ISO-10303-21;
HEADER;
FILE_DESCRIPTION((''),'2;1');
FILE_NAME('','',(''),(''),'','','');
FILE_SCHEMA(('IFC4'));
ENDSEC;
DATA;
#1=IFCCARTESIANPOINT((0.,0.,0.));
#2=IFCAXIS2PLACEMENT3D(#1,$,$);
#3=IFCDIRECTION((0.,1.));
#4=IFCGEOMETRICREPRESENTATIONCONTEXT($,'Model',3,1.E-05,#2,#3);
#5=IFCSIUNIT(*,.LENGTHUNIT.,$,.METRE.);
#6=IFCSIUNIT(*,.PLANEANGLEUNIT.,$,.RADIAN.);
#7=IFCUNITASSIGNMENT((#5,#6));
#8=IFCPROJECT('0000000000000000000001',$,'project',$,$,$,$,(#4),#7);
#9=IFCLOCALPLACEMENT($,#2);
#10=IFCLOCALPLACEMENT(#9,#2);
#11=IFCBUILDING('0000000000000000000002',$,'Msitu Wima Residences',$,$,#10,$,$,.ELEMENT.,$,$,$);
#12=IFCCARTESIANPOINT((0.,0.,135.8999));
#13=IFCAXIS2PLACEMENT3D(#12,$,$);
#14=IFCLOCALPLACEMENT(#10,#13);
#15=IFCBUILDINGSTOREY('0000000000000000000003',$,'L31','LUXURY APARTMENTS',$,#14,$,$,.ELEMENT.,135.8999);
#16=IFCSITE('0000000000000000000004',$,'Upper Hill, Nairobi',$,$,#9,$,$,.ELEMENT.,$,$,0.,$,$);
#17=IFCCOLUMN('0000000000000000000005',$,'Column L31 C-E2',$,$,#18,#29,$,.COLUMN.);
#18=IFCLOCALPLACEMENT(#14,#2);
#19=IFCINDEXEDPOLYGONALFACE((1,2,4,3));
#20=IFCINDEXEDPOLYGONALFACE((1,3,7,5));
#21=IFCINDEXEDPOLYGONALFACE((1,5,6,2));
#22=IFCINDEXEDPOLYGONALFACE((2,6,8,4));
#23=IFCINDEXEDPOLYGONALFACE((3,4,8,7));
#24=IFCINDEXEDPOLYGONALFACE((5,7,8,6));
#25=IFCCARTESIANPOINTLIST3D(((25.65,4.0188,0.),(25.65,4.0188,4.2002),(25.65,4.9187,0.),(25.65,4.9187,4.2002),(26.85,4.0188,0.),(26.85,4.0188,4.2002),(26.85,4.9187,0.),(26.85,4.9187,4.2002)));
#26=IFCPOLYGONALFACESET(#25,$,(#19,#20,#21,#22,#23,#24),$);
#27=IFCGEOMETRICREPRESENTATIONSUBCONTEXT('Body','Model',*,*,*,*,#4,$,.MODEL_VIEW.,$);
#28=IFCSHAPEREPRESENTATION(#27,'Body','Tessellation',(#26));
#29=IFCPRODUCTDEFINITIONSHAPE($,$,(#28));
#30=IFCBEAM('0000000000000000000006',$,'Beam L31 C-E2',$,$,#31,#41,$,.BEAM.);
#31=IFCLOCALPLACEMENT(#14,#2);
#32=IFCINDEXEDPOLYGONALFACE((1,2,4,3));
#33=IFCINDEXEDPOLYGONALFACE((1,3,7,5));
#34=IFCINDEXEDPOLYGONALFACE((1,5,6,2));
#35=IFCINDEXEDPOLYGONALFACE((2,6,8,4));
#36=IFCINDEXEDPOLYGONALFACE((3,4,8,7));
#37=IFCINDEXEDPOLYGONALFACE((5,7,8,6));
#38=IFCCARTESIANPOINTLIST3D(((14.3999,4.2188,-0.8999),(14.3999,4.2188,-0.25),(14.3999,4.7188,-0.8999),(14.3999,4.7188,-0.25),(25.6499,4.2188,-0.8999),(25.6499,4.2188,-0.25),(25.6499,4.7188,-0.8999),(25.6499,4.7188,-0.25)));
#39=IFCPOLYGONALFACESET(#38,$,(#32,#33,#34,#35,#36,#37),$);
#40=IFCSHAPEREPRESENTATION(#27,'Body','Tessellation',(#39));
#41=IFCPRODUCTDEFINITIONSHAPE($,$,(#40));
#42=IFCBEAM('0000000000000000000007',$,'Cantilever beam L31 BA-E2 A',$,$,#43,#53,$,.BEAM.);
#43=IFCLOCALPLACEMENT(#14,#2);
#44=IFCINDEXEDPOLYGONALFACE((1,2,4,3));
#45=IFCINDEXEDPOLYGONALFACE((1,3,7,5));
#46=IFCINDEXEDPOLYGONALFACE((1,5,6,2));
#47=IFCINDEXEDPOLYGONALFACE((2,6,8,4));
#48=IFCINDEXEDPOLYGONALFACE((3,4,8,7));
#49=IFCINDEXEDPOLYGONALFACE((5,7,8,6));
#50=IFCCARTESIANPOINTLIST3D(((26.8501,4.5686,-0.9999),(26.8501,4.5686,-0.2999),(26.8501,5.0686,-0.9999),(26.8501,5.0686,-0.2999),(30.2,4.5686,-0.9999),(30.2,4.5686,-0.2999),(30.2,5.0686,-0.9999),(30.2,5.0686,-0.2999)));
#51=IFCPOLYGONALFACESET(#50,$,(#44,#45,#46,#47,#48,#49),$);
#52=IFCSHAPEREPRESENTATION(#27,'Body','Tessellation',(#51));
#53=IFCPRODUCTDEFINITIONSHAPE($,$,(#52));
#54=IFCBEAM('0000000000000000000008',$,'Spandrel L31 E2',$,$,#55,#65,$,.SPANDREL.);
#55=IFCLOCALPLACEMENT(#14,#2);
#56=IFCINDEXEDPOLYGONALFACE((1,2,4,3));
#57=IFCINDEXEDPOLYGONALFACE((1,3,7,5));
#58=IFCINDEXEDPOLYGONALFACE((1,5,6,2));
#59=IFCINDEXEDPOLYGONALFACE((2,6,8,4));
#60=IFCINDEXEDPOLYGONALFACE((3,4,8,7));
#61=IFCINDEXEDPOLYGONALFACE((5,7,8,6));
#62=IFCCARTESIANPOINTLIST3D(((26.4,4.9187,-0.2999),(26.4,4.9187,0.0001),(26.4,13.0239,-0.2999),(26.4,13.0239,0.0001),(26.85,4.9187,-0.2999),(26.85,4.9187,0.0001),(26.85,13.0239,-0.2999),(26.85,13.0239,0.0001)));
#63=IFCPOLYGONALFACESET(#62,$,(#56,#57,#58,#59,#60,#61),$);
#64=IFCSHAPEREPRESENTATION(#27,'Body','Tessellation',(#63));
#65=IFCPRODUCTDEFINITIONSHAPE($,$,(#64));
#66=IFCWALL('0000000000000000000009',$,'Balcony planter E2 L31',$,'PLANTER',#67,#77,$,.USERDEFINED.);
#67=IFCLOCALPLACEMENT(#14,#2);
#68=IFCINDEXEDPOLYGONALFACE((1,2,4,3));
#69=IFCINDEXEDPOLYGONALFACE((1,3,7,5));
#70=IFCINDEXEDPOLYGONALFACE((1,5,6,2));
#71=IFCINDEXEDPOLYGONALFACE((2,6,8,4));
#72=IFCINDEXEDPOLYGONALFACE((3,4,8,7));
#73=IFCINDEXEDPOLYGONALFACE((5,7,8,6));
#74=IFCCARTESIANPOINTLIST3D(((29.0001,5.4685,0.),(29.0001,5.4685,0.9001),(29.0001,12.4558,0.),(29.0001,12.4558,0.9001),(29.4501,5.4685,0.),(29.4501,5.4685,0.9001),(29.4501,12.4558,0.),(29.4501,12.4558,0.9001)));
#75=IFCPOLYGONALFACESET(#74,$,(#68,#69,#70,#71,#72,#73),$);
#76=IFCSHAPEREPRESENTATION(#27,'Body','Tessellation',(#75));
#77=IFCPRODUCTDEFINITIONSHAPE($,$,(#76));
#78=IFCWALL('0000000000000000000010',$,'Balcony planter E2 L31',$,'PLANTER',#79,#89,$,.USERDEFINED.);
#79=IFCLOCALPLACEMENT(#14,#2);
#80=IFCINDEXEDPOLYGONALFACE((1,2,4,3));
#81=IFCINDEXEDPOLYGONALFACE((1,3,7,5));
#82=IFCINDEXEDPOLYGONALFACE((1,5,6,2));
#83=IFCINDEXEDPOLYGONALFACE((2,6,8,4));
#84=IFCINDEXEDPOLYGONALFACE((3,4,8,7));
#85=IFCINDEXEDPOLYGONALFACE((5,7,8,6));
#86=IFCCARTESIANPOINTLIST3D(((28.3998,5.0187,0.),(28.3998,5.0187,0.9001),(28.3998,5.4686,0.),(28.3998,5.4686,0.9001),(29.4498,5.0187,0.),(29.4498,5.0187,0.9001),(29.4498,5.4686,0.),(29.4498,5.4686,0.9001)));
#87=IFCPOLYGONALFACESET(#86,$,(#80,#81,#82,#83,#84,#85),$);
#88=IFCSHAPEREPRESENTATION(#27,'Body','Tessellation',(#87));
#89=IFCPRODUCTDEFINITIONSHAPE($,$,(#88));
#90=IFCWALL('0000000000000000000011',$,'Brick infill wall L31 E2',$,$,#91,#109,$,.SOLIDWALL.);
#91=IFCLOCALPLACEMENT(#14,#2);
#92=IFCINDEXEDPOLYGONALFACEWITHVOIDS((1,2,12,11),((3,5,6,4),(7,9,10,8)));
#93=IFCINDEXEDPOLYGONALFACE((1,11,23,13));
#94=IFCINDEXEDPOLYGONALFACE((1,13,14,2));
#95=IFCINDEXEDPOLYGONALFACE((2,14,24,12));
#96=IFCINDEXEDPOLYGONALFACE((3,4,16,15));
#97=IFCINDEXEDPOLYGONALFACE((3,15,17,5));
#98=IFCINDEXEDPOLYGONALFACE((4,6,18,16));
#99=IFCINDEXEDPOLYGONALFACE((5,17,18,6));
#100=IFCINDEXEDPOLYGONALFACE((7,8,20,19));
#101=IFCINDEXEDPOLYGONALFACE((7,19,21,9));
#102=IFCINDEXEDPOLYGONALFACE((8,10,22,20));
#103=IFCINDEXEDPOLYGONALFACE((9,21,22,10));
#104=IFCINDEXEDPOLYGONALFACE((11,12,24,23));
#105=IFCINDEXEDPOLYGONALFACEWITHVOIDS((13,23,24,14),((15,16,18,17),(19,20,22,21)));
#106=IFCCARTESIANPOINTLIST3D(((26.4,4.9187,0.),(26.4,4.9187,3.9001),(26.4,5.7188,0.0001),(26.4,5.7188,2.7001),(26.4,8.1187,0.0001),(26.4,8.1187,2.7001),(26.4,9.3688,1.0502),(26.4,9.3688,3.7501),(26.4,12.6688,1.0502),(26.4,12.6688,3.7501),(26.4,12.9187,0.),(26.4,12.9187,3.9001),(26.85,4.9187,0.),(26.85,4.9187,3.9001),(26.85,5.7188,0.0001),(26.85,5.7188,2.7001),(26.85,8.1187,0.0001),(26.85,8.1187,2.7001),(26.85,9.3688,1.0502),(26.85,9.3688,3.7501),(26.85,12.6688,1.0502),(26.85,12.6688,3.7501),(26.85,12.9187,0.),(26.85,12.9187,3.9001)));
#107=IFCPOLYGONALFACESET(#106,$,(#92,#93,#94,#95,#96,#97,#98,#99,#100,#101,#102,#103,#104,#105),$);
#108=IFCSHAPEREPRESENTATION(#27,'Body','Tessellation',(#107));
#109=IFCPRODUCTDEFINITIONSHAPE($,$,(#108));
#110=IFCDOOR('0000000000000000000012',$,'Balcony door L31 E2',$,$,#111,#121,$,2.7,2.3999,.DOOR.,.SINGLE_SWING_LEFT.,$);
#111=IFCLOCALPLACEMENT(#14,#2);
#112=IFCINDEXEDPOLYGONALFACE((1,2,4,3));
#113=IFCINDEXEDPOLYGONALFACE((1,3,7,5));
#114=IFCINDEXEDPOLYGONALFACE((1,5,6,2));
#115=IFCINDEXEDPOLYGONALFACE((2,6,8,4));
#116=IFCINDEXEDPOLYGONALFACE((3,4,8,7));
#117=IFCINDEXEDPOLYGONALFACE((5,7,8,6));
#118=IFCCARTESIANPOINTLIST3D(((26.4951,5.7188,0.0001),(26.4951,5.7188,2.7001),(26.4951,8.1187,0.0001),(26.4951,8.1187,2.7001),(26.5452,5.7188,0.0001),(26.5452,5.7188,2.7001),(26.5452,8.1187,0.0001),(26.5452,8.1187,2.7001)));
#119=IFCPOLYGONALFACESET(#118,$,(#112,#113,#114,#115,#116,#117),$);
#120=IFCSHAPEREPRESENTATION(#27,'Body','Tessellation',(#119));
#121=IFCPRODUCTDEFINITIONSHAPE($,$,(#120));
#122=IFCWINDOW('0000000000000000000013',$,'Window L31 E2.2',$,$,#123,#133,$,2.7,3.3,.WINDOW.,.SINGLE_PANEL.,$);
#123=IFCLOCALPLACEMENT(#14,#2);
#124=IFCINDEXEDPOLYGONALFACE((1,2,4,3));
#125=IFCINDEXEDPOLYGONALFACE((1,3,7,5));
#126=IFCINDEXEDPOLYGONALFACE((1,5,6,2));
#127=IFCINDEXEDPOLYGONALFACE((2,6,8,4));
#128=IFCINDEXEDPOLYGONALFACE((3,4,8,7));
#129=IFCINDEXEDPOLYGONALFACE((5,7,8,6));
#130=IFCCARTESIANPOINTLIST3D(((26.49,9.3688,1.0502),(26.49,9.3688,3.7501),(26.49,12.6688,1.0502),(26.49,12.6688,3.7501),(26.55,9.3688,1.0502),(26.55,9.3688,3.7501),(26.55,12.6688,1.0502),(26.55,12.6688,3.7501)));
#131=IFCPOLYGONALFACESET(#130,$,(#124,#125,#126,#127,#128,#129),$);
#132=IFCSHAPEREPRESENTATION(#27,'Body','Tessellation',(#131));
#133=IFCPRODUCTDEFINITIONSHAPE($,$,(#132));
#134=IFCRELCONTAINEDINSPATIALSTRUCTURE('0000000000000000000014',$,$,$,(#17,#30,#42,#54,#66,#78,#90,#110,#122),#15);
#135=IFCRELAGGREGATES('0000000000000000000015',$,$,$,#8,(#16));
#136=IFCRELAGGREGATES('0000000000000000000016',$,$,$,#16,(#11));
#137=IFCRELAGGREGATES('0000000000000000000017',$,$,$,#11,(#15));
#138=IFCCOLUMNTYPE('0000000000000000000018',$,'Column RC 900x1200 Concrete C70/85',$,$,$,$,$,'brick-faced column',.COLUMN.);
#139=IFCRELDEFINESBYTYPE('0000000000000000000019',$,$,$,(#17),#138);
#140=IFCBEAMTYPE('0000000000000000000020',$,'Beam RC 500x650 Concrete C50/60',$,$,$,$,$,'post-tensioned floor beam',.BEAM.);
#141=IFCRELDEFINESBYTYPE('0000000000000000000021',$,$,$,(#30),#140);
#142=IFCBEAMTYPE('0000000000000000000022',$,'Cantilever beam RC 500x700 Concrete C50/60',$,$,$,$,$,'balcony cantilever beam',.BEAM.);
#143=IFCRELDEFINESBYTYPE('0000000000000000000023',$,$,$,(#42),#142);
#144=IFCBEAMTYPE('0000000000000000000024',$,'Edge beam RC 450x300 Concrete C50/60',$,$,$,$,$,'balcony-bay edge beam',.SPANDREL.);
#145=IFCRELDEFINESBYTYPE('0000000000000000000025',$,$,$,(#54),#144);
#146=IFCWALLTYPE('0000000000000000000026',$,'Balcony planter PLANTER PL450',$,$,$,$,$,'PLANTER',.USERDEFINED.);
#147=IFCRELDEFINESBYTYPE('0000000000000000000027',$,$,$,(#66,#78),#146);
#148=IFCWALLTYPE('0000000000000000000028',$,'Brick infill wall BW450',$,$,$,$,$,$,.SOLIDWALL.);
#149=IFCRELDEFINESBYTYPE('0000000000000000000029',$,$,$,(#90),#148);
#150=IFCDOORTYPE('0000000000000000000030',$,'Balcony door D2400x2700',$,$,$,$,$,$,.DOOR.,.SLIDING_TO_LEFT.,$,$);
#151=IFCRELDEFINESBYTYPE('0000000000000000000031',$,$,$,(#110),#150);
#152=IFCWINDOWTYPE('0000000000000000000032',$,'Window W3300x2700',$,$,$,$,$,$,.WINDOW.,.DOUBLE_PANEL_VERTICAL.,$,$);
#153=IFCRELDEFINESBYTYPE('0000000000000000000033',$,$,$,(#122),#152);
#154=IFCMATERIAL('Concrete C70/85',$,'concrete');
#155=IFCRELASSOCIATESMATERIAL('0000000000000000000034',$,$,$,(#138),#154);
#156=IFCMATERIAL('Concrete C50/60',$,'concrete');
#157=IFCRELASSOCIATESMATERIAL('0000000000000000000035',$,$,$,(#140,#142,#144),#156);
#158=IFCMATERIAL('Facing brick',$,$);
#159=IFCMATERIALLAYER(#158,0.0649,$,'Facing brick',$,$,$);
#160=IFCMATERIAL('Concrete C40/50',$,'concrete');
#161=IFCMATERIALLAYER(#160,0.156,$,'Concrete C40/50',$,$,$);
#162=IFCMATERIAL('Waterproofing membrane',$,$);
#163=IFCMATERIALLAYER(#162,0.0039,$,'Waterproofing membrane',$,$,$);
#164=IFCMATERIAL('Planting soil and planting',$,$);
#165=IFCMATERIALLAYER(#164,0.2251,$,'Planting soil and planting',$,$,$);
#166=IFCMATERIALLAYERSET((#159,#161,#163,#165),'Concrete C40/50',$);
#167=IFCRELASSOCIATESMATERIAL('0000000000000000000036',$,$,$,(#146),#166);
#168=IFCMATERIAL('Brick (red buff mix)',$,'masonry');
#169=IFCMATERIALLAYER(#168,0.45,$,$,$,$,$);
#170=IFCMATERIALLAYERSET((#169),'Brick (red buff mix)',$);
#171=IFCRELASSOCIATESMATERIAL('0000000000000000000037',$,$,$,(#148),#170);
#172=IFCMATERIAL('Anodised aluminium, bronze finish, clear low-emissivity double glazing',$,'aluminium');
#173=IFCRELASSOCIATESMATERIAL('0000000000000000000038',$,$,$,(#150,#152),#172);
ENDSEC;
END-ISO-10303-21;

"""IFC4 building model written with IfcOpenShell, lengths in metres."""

from ifc_helpers import new_model, si_unit, direction, frame, frame_2d, origin, origin_2d, place, context, subcontext, project, spatial, rectangle, extrude, material, layer, layer_set, material_profile, profile_set, type_object, element, fill, save


model = new_model("IFC4")

# Units and contexts
model_context = context("Model", 3, precision=1e-05, world=origin(), true_north=direction((0.0, 1.0)))
body_context = subcontext(model_context, "Body", "Model", "MODEL_VIEW")
ifc_project = project(units=[si_unit("LENGTHUNIT", "METRE"), si_unit("PLANEANGLEUNIT", "RADIAN")], contexts=[model_context])

# Site, building, storey
site_placement = place(None, origin())
site = spatial("IfcSite", under=ifc_project, at=site_placement, Name="Upper Hill, Nairobi", CompositionType="ELEMENT", RefElevation=0.0)
building_placement = place(site_placement, origin())
building = spatial("IfcBuilding", under=site, at=building_placement, Name="Msitu Wima Residences", CompositionType="ELEMENT")
storey_placement = place(building_placement, frame((0.0, 0.0, 135.8999)))
storey = spatial("IfcBuildingStorey", under=building, at=storey_placement, Name="L31", Description="LUXURY APARTMENTS", CompositionType="ELEMENT", Elevation=135.8999)

# Column
ifc_material_1 = material(Name="Concrete C70/85", Category="concrete")
ifc_material_profile_1 = material_profile(ifc_material_1, rectangle(XDim=0.8999, YDim=1.2, at=origin_2d()), Name="RC 900x1200")
ifc_profile_set_1 = profile_set([ifc_material_profile_1], Name="Concrete C70/85")
column_type = type_object("IfcColumnType", Name="Column RC 900x1200 Concrete C70/85", ElementType="brick-faced column", PredefinedType="COLUMN", material=ifc_profile_set_1)
column_placement = place(storey_placement, frame((26.25, 4.4688, 0.0), z_axis=(0.0, 0.0, 1.0), x_axis=(0.0, 1.0, 0.0)))
element("IfcColumn", 1, at=column_placement, inside=storey, type_object=column_type, Name="Column L31 C-E2", PredefinedType="COLUMN", context=body_context, shape_type="SweptSolid", body=[
    extrude(rectangle(XDim=0.8999, YDim=1.2, at=origin_2d()), origin(), (0.0, 0.0, 1.0), 4.2002),
])

# Beams
ifc_material_2 = material(Name="Concrete C50/60", Category="concrete")
ifc_material_profile_2 = material_profile(ifc_material_2, rectangle(XDim=0.5, YDim=0.6499, at=origin_2d()), Name="RC 500x650")
ifc_profile_set_2 = profile_set([ifc_material_profile_2], Name="Concrete C50/60")
beam_type_1 = type_object("IfcBeamType", Name="Beam RC 500x650 Concrete C50/60", ElementType="post-tensioned floor beam", PredefinedType="BEAM", material=ifc_profile_set_2)
beam_1_placement = place(storey_placement, frame((25.6499, 4.4688, -0.575), z_axis=(-1.0, 0.0, 0.0), x_axis=(0.0, -1.0, 0.0)))
element("IfcBeam", 2, at=beam_1_placement, inside=storey, type_object=beam_type_1, Name="Beam L31 C-E2", PredefinedType="BEAM", context=body_context, shape_type="SweptSolid", body=[
    extrude(rectangle(XDim=0.5, YDim=0.6499, at=origin_2d()), origin(), (0.0, 0.0, 1.0), 11.25),
])
ifc_material_profile_3 = material_profile(ifc_material_2, rectangle(XDim=0.5, YDim=0.7, at=origin_2d()), Name="RC 500x700")
ifc_profile_set_3 = profile_set([ifc_material_profile_3], Name="Concrete C50/60")
beam_type_2 = type_object("IfcBeamType", Name="Cantilever beam RC 500x700 Concrete C50/60", ElementType="balcony cantilever beam", PredefinedType="BEAM", material=ifc_profile_set_3)
beam_2_placement = place(storey_placement, frame((26.8501, 4.8186, -0.6499), z_axis=(1.0, 0.0, 0.0), x_axis=(0.0, 1.0, 0.0)))
element("IfcBeam", 3, at=beam_2_placement, inside=storey, type_object=beam_type_2, Name="Cantilever beam L31 BA-E2 A", PredefinedType="BEAM", context=body_context, shape_type="SweptSolid", body=[
    extrude(rectangle(XDim=0.5, YDim=0.7, at=origin_2d()), origin(), (0.0, 0.0, 1.0), 3.3499),
])
ifc_material_profile_4 = material_profile(ifc_material_2, rectangle(XDim=0.45, YDim=0.3, at=origin_2d()), Name="RC 450x300")
ifc_profile_set_4 = profile_set([ifc_material_profile_4], Name="Concrete C50/60")
beam_type_3 = type_object("IfcBeamType", Name="Edge beam RC 450x300 Concrete C50/60", ElementType="balcony-bay edge beam", PredefinedType="SPANDREL", material=ifc_profile_set_4)
beam_3_placement = place(storey_placement, frame((26.625, 4.9187, -0.1499), z_axis=(0.0, 1.0, 0.0), x_axis=(-1.0, 0.0, 0.0)))
element("IfcBeam", 4, at=beam_3_placement, inside=storey, type_object=beam_type_3, Name="Spandrel L31 E2", PredefinedType="SPANDREL", context=body_context, shape_type="SweptSolid", body=[
    extrude(rectangle(XDim=0.45, YDim=0.3, at=origin_2d()), origin(), (0.0, 0.0, 1.0), 8.1052),
])

# Walls
ifc_material_3 = material(Name="Facing brick")
ifc_layer_1 = layer(ifc_material_3, 0.0649, Name="Facing brick")
ifc_material_4 = material(Name="Concrete C40/50", Category="concrete")
ifc_layer_2 = layer(ifc_material_4, 0.156, Name="Concrete C40/50")
ifc_material_5 = material(Name="Waterproofing membrane")
ifc_layer_3 = layer(ifc_material_5, 0.0039, Name="Waterproofing membrane")
ifc_material_6 = material(Name="Planting soil and planting")
ifc_layer_4 = layer(ifc_material_6, 0.2251, Name="Planting soil and planting")
ifc_layer_set_1 = layer_set([ifc_layer_1, ifc_layer_2, ifc_layer_3, ifc_layer_4], Name="Concrete C40/50")
wall_type_1 = type_object("IfcWallType", Name="Balcony planter PLANTER PL450", ElementType="PLANTER", PredefinedType="USERDEFINED", material=ifc_layer_set_1)
wall_1_placement = place(storey_placement, frame((29.2251, 5.4685, 0.0), z_axis=(0.0, 0.0, 1.0), x_axis=(0.0, 1.0, 0.0)))
element("IfcWall", 5, at=wall_1_placement, inside=storey, type_object=wall_type_1, Name="Balcony planter E2 L31", ObjectType="PLANTER", PredefinedType="USERDEFINED", context=body_context, shape_type="SweptSolid", body=[
    extrude(rectangle(XDim=6.9873, YDim=0.45, at=frame_2d((3.4937, 0.0))), origin(), (0.0, 0.0, 1.0), 0.9001),
])
wall_2_placement = place(storey_placement, frame((28.3999, 5.2437, 0.0), z_axis=(0.0, 0.0, 1.0), x_axis=(1.0, 0.0, 0.0)))
element("IfcWall", 6, at=wall_2_placement, inside=storey, type_object=wall_type_1, Name="Balcony planter E2 L31", ObjectType="PLANTER", PredefinedType="USERDEFINED", context=body_context, shape_type="SweptSolid", body=[
    extrude(rectangle(XDim=1.05, YDim=0.45, at=frame_2d((0.5249, 0.0))), origin(), (0.0, 0.0, 1.0), 0.9001),
])

# Wall, openings, door, window
ifc_material_7 = material(Name="Brick (red buff mix)", Category="masonry")
ifc_layer_5 = layer(ifc_material_7, 0.45)
ifc_layer_set_2 = layer_set([ifc_layer_5], Name="Brick (red buff mix)")
wall_type_2 = type_object("IfcWallType", Name="Brick infill wall BW450", PredefinedType="SOLIDWALL", material=ifc_layer_set_2)
wall_3_placement = place(storey_placement, frame((26.625, 4.9187, 0.0), z_axis=(0.0, 0.0, 1.0), x_axis=(0.0, 1.0, 0.0)))
wall_3 = element("IfcWall", 7, at=wall_3_placement, inside=storey, type_object=wall_type_2, Name="Brick infill wall L31 E2", PredefinedType="SOLIDWALL", context=body_context, shape_type="SweptSolid", body=[
    extrude(rectangle(XDim=8.0, YDim=0.45, at=frame_2d((4.0, 0.0))), origin(), (0.0, 0.0, 1.0), 3.9001),
])
opening_1_placement = place(wall_3_placement, frame((0.8, 0.0, 0.0)))
opening_1 = element("IfcOpeningElement", 8, at=opening_1_placement, cuts=wall_3, PredefinedType="OPENING", context=body_context, shape_type="SweptSolid", body=[
    extrude(rectangle(XDim=2.3999, YDim=2.7, at=frame_2d((1.2, 1.3501))), frame((0.0, 0.2349, 0.0), z_axis=(0.0, -1.0, 0.0), x_axis=(1.0, 0.0, 0.0)), (0.0, 0.0, 1.0), 0.47),
])
opening_2_placement = place(wall_3_placement, frame((4.4502, 0.0, 1.05)))
opening_2 = element("IfcOpeningElement", 9, at=opening_2_placement, cuts=wall_3, PredefinedType="OPENING", context=body_context, shape_type="SweptSolid", body=[
    extrude(rectangle(XDim=3.3, YDim=2.7, at=frame_2d((1.6499, 1.3501))), frame((0.0, 0.2349, 0.0), z_axis=(0.0, -1.0, 0.0), x_axis=(1.0, 0.0, 0.0)), (0.0, 0.0, 1.0), 0.47),
])
ifc_material_8 = material(Name="Anodised aluminium, bronze finish, clear low-emissivity double glazing", Category="aluminium")
door_type_1 = type_object("IfcDoorType", Name="Balcony door D2400x2700", OperationType="SLIDING_TO_LEFT", PredefinedType="DOOR", material=ifc_material_8)
door_1_placement = place(opening_1_placement, origin())
door_1 = element("IfcDoor", 10, at=door_1_placement, inside=storey, type_object=door_type_1, Name="Balcony door L31 E2", OperationType="SINGLE_SWING_LEFT", OverallHeight=2.7, OverallWidth=2.3999, PredefinedType="DOOR", context=body_context, shape_type="SweptSolid", body=[
    extrude(rectangle(XDim=2.3999, YDim=2.7, at=frame_2d((1.2, 1.3501))), frame((0.0, 0.1299, 0.0), z_axis=(0.0, -1.0, 0.0), x_axis=(1.0, 0.0, 0.0)), (0.0, 0.0, 1.0), 0.05),
])
fill(opening_1, door_1)
window_type = type_object("IfcWindowType", Name="Window W3300x2700", PartitioningType="DOUBLE_PANEL_VERTICAL", PredefinedType="WINDOW", material=ifc_material_8)
window_placement = place(opening_2_placement, origin())
window = element("IfcWindow", 11, at=window_placement, inside=storey, type_object=window_type, Name="Window L31 E2.2", OverallHeight=2.7, OverallWidth=3.3, PartitioningType="SINGLE_PANEL", PredefinedType="WINDOW", context=body_context, shape_type="SweptSolid", body=[
    extrude(rectangle(XDim=3.3, YDim=2.7, at=frame_2d((1.6499, 1.3501))), frame((0.0, 0.135, 0.0), z_axis=(0.0, -1.0, 0.0), x_axis=(1.0, 0.0, 0.0)), (0.0, 0.0, 1.0), 0.0601),
])
fill(opening_2, window)

save(model, "model.ifc")
